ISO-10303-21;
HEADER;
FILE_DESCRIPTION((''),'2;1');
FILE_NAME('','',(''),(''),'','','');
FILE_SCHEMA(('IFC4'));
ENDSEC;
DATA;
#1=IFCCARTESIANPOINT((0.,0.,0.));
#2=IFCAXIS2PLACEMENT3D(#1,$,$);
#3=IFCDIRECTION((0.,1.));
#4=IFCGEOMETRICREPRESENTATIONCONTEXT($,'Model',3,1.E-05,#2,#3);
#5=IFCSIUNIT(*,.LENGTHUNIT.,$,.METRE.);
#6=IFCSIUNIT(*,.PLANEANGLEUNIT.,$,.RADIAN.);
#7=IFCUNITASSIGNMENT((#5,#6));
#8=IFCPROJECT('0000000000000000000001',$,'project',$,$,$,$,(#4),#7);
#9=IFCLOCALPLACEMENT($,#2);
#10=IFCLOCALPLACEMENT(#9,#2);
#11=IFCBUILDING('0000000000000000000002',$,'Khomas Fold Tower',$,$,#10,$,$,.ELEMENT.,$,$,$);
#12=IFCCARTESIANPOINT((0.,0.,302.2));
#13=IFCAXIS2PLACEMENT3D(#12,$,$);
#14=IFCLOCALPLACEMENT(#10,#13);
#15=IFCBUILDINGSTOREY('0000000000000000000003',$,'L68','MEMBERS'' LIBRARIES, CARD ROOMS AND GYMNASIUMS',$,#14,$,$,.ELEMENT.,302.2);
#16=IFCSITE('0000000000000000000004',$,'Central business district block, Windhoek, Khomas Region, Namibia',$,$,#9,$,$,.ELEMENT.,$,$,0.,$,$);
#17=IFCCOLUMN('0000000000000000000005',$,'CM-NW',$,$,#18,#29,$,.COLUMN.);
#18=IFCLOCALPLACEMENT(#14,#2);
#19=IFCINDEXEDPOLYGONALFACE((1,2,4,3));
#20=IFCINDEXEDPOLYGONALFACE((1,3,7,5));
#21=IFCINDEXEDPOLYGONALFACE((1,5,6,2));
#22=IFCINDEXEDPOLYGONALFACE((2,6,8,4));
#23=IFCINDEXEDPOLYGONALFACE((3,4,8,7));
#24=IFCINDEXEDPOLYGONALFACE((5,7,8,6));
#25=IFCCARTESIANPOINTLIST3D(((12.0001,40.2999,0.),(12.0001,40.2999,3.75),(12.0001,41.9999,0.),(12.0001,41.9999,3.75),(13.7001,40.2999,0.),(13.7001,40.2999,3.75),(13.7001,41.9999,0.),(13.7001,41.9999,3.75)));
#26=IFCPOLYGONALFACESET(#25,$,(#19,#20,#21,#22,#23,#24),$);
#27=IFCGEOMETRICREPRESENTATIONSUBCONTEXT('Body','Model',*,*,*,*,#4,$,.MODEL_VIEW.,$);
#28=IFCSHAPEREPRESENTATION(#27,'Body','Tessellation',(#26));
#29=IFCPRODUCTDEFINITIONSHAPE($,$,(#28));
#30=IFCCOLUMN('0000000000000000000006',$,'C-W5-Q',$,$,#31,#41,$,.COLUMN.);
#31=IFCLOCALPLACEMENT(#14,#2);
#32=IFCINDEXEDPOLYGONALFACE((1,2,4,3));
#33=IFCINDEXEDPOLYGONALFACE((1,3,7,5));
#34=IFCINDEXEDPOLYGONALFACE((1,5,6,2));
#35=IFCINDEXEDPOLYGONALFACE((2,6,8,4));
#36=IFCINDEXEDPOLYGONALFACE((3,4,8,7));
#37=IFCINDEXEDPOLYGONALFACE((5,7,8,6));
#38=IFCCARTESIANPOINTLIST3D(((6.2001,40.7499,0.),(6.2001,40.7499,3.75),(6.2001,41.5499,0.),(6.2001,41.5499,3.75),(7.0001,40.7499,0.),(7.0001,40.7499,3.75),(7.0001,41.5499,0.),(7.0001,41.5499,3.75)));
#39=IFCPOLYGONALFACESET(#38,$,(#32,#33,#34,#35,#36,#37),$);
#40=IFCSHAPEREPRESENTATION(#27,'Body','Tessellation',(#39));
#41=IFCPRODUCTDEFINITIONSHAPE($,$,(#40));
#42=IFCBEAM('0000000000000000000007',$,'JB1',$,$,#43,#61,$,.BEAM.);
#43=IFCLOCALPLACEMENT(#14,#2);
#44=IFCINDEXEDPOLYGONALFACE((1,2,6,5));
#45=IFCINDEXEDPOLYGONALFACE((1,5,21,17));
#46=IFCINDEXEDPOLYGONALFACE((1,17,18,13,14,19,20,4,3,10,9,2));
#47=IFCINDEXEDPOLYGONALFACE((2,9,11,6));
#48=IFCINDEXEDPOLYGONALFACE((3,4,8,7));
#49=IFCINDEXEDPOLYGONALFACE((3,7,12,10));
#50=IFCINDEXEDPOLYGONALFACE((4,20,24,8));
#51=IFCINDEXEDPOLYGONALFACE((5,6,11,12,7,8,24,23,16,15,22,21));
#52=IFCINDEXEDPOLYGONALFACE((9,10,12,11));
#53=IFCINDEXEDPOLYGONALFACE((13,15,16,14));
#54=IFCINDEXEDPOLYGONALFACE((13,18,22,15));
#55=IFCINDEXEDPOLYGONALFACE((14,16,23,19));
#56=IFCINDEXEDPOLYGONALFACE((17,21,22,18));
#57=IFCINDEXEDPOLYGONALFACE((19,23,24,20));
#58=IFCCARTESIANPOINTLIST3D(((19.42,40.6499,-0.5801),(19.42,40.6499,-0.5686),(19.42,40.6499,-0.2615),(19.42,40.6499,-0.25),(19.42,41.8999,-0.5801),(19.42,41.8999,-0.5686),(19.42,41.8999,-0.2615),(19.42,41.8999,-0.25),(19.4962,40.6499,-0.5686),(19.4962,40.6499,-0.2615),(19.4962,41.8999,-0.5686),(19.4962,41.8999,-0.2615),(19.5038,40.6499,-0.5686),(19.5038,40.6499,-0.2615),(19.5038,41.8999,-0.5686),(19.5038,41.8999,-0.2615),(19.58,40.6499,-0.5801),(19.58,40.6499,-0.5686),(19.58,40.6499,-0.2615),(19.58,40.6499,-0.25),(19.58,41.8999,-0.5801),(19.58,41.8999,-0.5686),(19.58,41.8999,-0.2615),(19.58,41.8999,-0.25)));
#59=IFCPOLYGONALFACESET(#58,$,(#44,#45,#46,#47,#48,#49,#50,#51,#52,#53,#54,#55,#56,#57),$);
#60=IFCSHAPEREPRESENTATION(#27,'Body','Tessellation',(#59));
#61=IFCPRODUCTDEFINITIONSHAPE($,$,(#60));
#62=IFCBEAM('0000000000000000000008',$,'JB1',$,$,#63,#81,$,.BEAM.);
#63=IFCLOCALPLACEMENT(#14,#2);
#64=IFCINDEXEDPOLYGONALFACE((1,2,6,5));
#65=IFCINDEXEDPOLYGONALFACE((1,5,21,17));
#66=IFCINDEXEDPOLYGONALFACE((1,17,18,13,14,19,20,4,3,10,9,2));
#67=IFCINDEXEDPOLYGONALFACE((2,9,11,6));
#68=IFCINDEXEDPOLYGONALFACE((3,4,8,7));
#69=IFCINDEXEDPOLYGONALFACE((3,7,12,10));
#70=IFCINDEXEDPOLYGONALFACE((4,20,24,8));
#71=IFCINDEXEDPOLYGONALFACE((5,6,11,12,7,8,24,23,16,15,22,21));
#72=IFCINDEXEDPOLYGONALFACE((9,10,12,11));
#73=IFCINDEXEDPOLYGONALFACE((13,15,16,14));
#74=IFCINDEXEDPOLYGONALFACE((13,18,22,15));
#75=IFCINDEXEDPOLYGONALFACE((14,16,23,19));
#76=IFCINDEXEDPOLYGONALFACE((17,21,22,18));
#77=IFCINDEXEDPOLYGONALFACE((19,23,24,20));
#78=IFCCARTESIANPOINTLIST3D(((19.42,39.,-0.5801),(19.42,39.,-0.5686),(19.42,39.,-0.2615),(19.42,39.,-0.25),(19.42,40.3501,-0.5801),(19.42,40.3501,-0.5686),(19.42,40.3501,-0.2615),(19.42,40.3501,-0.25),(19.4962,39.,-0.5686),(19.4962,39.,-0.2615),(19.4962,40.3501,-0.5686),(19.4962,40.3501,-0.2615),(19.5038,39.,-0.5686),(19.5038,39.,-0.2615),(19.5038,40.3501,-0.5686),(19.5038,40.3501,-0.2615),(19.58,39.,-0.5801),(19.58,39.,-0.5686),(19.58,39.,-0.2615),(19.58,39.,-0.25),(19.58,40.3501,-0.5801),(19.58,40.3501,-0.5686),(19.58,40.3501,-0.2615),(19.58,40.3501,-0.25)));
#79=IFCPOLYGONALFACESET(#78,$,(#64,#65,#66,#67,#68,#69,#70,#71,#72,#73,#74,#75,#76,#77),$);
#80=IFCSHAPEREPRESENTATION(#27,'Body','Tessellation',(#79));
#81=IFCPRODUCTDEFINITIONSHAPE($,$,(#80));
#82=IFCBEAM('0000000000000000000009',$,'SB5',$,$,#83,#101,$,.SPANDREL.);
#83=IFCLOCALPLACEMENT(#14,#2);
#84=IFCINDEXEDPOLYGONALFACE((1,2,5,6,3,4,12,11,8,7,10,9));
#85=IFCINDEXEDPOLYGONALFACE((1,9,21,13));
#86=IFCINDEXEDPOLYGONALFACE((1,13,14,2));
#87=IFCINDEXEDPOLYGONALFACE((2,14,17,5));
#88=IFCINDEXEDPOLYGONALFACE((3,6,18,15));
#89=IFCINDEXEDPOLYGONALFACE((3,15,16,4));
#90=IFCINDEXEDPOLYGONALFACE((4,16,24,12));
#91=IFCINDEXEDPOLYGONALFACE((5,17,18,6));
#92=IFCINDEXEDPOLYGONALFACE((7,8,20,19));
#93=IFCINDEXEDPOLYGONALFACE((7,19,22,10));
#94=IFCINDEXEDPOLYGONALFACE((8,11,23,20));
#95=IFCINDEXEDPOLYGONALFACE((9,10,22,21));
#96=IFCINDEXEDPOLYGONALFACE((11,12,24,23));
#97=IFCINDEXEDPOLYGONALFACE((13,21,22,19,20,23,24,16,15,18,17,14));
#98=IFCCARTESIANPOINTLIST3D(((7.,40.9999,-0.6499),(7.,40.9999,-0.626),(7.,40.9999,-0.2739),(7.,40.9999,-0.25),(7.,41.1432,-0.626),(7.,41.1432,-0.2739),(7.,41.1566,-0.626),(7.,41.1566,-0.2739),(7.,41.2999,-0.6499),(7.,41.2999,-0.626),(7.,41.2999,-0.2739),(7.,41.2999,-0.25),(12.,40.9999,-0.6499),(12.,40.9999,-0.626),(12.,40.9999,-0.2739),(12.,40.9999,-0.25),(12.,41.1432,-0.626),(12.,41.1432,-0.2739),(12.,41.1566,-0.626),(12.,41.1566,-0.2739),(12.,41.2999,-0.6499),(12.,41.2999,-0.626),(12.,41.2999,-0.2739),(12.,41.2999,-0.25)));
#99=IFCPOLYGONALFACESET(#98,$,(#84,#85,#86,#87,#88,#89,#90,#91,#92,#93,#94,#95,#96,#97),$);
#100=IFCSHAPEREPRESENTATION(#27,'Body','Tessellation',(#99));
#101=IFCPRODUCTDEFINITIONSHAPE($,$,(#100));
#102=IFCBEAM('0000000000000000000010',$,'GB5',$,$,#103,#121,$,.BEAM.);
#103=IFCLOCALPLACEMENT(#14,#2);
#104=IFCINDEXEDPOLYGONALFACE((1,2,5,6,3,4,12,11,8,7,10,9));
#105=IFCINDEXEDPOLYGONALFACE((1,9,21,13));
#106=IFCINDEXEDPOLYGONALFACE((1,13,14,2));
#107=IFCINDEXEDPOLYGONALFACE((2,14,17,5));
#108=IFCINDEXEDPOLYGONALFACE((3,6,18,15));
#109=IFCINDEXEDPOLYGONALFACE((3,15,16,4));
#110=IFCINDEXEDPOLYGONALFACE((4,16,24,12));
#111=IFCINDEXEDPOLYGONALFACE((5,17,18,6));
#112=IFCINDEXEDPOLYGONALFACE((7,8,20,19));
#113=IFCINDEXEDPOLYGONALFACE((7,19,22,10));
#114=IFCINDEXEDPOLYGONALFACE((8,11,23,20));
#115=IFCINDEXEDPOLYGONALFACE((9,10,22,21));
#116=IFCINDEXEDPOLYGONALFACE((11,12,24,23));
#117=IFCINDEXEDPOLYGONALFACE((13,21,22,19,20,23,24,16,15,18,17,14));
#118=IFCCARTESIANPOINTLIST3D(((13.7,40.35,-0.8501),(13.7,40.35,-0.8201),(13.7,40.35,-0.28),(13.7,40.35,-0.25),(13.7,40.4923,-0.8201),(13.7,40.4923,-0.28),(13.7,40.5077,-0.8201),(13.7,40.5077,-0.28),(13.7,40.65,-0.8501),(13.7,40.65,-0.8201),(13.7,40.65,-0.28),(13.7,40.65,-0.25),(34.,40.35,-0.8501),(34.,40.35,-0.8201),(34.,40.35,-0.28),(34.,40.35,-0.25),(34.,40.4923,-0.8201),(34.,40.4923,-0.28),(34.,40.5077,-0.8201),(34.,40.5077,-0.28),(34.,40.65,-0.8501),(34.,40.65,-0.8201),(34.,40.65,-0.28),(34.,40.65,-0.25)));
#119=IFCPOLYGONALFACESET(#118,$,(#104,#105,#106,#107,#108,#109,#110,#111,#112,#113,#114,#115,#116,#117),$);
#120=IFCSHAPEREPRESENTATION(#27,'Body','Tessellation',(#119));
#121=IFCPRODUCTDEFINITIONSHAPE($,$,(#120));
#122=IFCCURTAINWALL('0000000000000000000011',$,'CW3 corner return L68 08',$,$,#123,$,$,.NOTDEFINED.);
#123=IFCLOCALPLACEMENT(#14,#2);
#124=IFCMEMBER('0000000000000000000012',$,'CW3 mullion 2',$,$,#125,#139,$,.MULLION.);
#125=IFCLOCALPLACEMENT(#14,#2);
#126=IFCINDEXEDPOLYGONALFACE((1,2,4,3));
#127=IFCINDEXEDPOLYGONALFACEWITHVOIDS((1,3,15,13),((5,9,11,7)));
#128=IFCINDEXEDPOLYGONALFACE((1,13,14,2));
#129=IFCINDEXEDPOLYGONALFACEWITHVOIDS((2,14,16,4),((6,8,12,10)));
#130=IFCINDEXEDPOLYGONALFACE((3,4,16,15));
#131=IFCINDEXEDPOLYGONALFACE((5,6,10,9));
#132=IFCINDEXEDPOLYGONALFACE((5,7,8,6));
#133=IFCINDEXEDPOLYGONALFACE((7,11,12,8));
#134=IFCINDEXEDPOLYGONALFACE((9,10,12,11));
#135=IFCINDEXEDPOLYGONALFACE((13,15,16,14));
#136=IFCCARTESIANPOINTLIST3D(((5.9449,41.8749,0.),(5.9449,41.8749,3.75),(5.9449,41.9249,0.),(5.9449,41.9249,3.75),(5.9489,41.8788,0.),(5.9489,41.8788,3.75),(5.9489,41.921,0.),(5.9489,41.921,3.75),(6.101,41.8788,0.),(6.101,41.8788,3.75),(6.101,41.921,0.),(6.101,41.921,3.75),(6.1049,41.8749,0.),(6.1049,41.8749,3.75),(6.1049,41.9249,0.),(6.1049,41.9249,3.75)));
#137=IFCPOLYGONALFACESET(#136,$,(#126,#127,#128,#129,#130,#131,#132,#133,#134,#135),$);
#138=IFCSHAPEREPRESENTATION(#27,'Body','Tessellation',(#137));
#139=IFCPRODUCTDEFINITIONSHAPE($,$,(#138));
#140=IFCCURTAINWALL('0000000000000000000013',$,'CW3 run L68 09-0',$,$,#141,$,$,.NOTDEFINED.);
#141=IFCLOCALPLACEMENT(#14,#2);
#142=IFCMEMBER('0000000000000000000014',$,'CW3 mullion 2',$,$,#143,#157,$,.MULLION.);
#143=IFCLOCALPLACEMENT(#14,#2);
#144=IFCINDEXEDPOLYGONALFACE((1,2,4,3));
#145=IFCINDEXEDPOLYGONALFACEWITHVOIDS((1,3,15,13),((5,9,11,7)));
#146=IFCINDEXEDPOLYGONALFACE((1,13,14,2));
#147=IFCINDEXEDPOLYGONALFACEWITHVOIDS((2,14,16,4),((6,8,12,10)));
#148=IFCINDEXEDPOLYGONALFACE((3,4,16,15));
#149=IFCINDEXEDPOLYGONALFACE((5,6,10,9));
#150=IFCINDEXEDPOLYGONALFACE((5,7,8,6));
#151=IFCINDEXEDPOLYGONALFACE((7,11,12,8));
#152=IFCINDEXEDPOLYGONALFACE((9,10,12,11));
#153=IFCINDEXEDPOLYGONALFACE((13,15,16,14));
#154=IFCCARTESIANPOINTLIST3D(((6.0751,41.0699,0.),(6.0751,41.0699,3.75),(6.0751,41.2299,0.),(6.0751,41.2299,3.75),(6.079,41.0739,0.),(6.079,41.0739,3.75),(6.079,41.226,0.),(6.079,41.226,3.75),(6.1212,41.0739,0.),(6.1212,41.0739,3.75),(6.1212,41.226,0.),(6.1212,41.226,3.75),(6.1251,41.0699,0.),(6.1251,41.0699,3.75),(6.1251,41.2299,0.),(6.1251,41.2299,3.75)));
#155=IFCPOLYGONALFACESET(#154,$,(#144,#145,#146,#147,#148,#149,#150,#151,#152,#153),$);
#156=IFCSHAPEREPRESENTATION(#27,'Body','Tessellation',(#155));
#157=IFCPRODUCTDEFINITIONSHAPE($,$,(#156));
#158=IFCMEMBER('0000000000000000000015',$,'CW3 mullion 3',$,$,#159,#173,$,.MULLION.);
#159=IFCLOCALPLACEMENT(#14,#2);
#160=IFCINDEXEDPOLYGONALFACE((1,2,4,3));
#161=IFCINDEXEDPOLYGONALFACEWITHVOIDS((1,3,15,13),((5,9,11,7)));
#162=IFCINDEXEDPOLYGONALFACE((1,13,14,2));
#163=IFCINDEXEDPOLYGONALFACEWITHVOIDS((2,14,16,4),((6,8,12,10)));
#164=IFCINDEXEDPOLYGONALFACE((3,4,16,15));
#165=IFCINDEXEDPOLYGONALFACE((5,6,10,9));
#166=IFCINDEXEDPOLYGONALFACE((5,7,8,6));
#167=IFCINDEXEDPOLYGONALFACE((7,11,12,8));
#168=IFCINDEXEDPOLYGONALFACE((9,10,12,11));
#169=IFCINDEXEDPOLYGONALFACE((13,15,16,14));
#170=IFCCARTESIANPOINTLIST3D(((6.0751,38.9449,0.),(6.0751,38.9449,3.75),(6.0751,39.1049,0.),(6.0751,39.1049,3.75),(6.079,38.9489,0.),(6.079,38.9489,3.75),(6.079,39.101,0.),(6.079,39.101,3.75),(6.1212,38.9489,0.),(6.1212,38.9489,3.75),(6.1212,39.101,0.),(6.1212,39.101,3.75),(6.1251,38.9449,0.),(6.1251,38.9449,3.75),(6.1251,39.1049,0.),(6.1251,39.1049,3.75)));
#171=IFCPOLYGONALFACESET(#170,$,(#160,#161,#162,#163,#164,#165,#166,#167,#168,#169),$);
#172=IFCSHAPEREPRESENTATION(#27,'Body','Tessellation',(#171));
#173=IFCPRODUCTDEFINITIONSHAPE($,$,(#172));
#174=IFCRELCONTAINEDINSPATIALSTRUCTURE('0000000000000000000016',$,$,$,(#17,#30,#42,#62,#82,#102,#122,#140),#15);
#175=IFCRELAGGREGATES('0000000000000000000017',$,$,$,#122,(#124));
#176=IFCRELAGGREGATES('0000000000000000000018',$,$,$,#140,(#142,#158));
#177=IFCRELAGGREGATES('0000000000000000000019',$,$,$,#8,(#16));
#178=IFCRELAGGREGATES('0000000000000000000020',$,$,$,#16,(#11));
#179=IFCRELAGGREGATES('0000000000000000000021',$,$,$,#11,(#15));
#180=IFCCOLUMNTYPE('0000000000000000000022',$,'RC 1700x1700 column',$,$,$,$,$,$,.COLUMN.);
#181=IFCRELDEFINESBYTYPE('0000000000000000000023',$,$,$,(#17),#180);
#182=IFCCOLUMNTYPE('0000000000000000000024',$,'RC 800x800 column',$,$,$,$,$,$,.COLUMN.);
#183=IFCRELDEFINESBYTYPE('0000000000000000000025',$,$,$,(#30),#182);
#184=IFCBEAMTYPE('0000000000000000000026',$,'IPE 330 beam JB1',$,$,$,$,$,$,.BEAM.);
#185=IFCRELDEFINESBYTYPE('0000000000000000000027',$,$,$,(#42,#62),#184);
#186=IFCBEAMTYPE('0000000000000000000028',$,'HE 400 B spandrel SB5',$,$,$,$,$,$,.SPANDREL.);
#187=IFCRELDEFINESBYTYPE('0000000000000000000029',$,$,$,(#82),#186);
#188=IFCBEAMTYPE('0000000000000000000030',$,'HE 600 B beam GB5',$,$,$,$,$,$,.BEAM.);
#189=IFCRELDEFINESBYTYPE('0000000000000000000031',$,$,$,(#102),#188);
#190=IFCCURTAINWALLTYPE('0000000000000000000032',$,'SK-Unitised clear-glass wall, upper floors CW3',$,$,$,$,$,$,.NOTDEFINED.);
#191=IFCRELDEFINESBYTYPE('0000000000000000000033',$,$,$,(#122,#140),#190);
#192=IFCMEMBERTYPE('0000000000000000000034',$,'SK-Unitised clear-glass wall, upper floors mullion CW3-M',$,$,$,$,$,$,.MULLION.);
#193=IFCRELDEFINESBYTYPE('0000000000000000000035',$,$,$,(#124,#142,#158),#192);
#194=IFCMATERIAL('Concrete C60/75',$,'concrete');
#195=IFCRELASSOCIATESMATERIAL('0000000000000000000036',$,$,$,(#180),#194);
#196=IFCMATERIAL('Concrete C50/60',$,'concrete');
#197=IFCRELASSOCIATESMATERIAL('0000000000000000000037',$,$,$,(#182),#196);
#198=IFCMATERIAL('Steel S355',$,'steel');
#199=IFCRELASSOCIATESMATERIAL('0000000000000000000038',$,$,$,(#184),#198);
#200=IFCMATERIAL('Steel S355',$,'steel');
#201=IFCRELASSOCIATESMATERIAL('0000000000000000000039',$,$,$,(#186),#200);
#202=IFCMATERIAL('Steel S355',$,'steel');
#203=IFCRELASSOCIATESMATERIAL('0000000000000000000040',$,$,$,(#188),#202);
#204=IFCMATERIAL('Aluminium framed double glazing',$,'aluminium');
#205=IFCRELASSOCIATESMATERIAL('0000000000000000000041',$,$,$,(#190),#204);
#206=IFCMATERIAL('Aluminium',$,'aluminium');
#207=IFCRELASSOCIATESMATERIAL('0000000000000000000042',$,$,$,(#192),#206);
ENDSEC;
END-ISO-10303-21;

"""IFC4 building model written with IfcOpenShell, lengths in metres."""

from ifc_helpers import new_model, si_unit, direction, frame, origin, origin_2d, place, context, subcontext, project, spatial, rectangle, hollow_rectangle, i_section, extrude, source, transform, mapped, material, material_profile, profile_set, type_object, element, aggregate, save


model = new_model("IFC4")

# Units and contexts
model_context = context("Model", 3, precision=1e-05, world=origin(), true_north=direction((0.0, 1.0)))
body_context = subcontext(model_context, "Body", "Model", "MODEL_VIEW")
ifc_project = project(units=[si_unit("LENGTHUNIT", "METRE"), si_unit("PLANEANGLEUNIT", "RADIAN")], contexts=[model_context])

# Site, building, storey
site_placement = place(None, origin())
site = spatial("IfcSite", under=ifc_project, at=site_placement, Name="Central business district block, Windhoek, Khomas Region, Namibia", CompositionType="ELEMENT", RefElevation=0.0)
building_placement = place(site_placement, origin())
building = spatial("IfcBuilding", under=site, at=building_placement, Name="Khomas Fold Tower", CompositionType="ELEMENT")
storey_placement = place(building_placement, frame((0.0, 0.0, 302.2)))
storey = spatial("IfcBuildingStorey", under=building, at=storey_placement, Name="L68", Description="MEMBERS' LIBRARIES, CARD ROOMS AND GYMNASIUMS", CompositionType="ELEMENT", Elevation=302.2)

# Columns
ifc_material_1 = material(Name="Concrete C60/75", Category="concrete")
ifc_material_profile_1 = material_profile(ifc_material_1, rectangle(XDim=1.7, YDim=1.7, at=origin_2d()), Name="RC 1700x1700")
ifc_profile_set_1 = profile_set([ifc_material_profile_1], Name="Concrete C60/75")
column_type_1 = type_object("IfcColumnType", Name="RC 1700x1700 column", PredefinedType="COLUMN", material=ifc_profile_set_1)
shared_shape_1 = source(origin(), body_context, "Body", "SweptSolid", [
    extrude(rectangle(XDim=1.7, YDim=1.7, at=origin_2d()), origin(), (0.0, 0.0, 1.0), 3.75),
])
column_1_placement = place(storey_placement, frame((12.8501, 41.1499, 0.0), z_axis=(0.0, 0.0, 1.0), x_axis=(1.0, 0.0, 0.0)))
element("IfcColumn", 1, at=column_1_placement, inside=storey, type_object=column_type_1, Name="CM-NW", PredefinedType="COLUMN", context=body_context, shape_type="MappedRepresentation", body=[
    mapped(shared_shape_1, transform((0.0, 0.0, 0.0))),
])
ifc_material_2 = material(Name="Concrete C50/60", Category="concrete")
ifc_material_profile_2 = material_profile(ifc_material_2, rectangle(XDim=0.8, YDim=0.8, at=origin_2d()), Name="RC 800x800")
ifc_profile_set_2 = profile_set([ifc_material_profile_2], Name="Concrete C50/60")
column_type_2 = type_object("IfcColumnType", Name="RC 800x800 column", PredefinedType="COLUMN", material=ifc_profile_set_2)
shared_shape_2 = source(origin(), body_context, "Body", "SweptSolid", [
    extrude(rectangle(XDim=0.8, YDim=0.8, at=origin_2d()), origin(), (0.0, 0.0, 1.0), 3.75),
])
column_2_placement = place(storey_placement, frame((6.6001, 41.1499, 0.0), z_axis=(0.0, 0.0, 1.0), x_axis=(1.0, 0.0, 0.0)))
element("IfcColumn", 2, at=column_2_placement, inside=storey, type_object=column_type_2, Name="C-W5-Q", PredefinedType="COLUMN", context=body_context, shape_type="MappedRepresentation", body=[
    mapped(shared_shape_2, transform((0.0, 0.0, 0.0))),
])

# Beams
ifc_material_3 = material(Name="Steel S355", Category="steel")
ifc_material_profile_3 = material_profile(ifc_material_3, i_section(OverallWidth=0.1599, OverallDepth=0.3301, WebThickness=0.0076, FlangeThickness=0.0115, at=origin_2d()), Name="IPE 330")
ifc_profile_set_3 = profile_set([ifc_material_profile_3], Name="Steel S355")
beam_type_1 = type_object("IfcBeamType", Name="IPE 330 beam JB1", PredefinedType="BEAM", material=ifc_profile_set_3)
shared_shape_3 = source(origin(), body_context, "Body", "SweptSolid", [
    extrude(i_section(OverallWidth=0.1599, OverallDepth=0.3301, WebThickness=0.0076, FlangeThickness=0.0115, at=origin_2d()), origin(), (0.0, 0.0, 1.0), 1.25),
])
beam_1_placement = place(storey_placement, frame((19.5, 40.6499, -0.415), z_axis=(0.0, 1.0, 0.0), x_axis=(-1.0, 0.0, 0.0)))
element("IfcBeam", 3, at=beam_1_placement, inside=storey, type_object=beam_type_1, Name="JB1", PredefinedType="BEAM", context=body_context, shape_type="MappedRepresentation", body=[
    mapped(shared_shape_3, transform((0.0, 0.0, 0.0))),
])
shared_shape_4 = source(origin(), body_context, "Body", "SweptSolid", [
    extrude(i_section(OverallWidth=0.1599, OverallDepth=0.3301, WebThickness=0.0076, FlangeThickness=0.0115, at=origin_2d()), origin(), (0.0, 0.0, 1.0), 1.3501),
])
beam_2_placement = place(storey_placement, frame((19.5, 39.0, -0.415), z_axis=(0.0, 1.0, 0.0), x_axis=(-1.0, 0.0, 0.0)))
element("IfcBeam", 4, at=beam_2_placement, inside=storey, type_object=beam_type_1, Name="JB1", PredefinedType="BEAM", context=body_context, shape_type="MappedRepresentation", body=[
    mapped(shared_shape_4, transform((0.0, 0.0, 0.0))),
])
ifc_material_4 = material(Name="Steel S355", Category="steel")
ifc_material_profile_4 = material_profile(ifc_material_4, i_section(OverallWidth=0.3, OverallDepth=0.3999, WebThickness=0.0134, FlangeThickness=0.0239, at=origin_2d()), Name="HE 400 B")
ifc_profile_set_4 = profile_set([ifc_material_profile_4], Name="Steel S355")
beam_type_2 = type_object("IfcBeamType", Name="HE 400 B spandrel SB5", PredefinedType="SPANDREL", material=ifc_profile_set_4)
shared_shape_5 = source(origin(), body_context, "Body", "SweptSolid", [
    extrude(i_section(OverallWidth=0.3, OverallDepth=0.3999, WebThickness=0.0134, FlangeThickness=0.0239, at=origin_2d()), origin(), (0.0, 0.0, 1.0), 5.0),
])
beam_3_placement = place(storey_placement, frame((7.0, 41.1499, -0.45), z_axis=(1.0, 0.0, 0.0), x_axis=(0.0, 1.0, 0.0)))
element("IfcBeam", 5, at=beam_3_placement, inside=storey, type_object=beam_type_2, Name="SB5", PredefinedType="SPANDREL", context=body_context, shape_type="MappedRepresentation", body=[
    mapped(shared_shape_5, transform((0.0, 0.0, 0.0))),
])
ifc_material_5 = material(Name="Steel S355", Category="steel")
ifc_material_profile_5 = material_profile(ifc_material_5, i_section(OverallWidth=0.3, OverallDepth=0.6001, WebThickness=0.0154, FlangeThickness=0.03, at=origin_2d()), Name="HE 600 B")
ifc_profile_set_5 = profile_set([ifc_material_profile_5], Name="Steel S355")
beam_type_3 = type_object("IfcBeamType", Name="HE 600 B beam GB5", PredefinedType="BEAM", material=ifc_profile_set_5)
shared_shape_6 = source(origin(), body_context, "Body", "SweptSolid", [
    extrude(i_section(OverallWidth=0.3, OverallDepth=0.6001, WebThickness=0.0154, FlangeThickness=0.03, at=origin_2d()), origin(), (0.0, 0.0, 1.0), 20.3),
])
beam_4_placement = place(storey_placement, frame((13.7, 40.5, -0.55), z_axis=(1.0, 0.0, 0.0), x_axis=(0.0, 1.0, 0.0)))
element("IfcBeam", 6, at=beam_4_placement, inside=storey, type_object=beam_type_3, Name="GB5", PredefinedType="BEAM", context=body_context, shape_type="MappedRepresentation", body=[
    mapped(shared_shape_6, transform((0.0, 0.0, 0.0))),
])

# Curtain wall, member
ifc_material_6 = material(Name="Aluminium framed double glazing", Category="aluminium")
curtain_wall_type = type_object("IfcCurtainWallType", Name="SK-Unitised clear-glass wall, upper floors CW3", PredefinedType="NOTDEFINED", material=ifc_material_6)
curtain_wall_1_placement = place(storey_placement, origin())
curtain_wall_1 = element("IfcCurtainWall", 7, at=curtain_wall_1_placement, inside=storey, type_object=curtain_wall_type, Name="CW3 corner return L68 08", PredefinedType="NOTDEFINED")
ifc_material_7 = material(Name="Aluminium", Category="aluminium")
ifc_material_profile_6 = material_profile(ifc_material_7, hollow_rectangle(XDim=0.05, YDim=0.1599, WallThickness=0.0039, at=origin_2d()), Name="SK-Unitised clear-glass wall, upper floors mullion CW3-M")
ifc_profile_set_6 = profile_set([ifc_material_profile_6], Name="Aluminium")
member_type_1 = type_object("IfcMemberType", Name="SK-Unitised clear-glass wall, upper floors mullion CW3-M", PredefinedType="MULLION", material=ifc_profile_set_6)
shared_shape_7 = source(origin(), body_context, "Body", "SweptSolid", [
    extrude(hollow_rectangle(XDim=0.05, YDim=0.1599, WallThickness=0.0039, at=origin_2d()), origin(), (0.0, 0.0, 1.0), 3.75),
])
member_1_placement = place(storey_placement, frame((6.0249, 41.8999, 0.0), z_axis=(0.0, 0.0, 1.0), x_axis=(0.0, -1.0, 0.0)))
member_1 = element("IfcMember", 8, at=member_1_placement, type_object=member_type_1, Name="CW3 mullion 2", PredefinedType="MULLION", context=body_context, shape_type="MappedRepresentation", body=[
    mapped(shared_shape_7, transform((0.0, 0.0, 0.0))),
])

# Curtain wall, members
curtain_wall_2_placement = place(storey_placement, origin())
curtain_wall_2 = element("IfcCurtainWall", 9, at=curtain_wall_2_placement, inside=storey, type_object=curtain_wall_type, Name="CW3 run L68 09-0", PredefinedType="NOTDEFINED")
member_2_placement = place(storey_placement, frame((6.1001, 41.1499, 0.0), z_axis=(0.0, 0.0, 1.0), x_axis=(1.0, 0.0, 0.0)))
member_2 = element("IfcMember", 10, at=member_2_placement, type_object=member_type_1, Name="CW3 mullion 2", PredefinedType="MULLION", context=body_context, shape_type="MappedRepresentation", body=[
    mapped(shared_shape_7, transform((0.0, 0.0, 0.0))),
])
member_3_placement = place(storey_placement, frame((6.1001, 39.0249, 0.0), z_axis=(0.0, 0.0, 1.0), x_axis=(1.0, 0.0, 0.0)))
member_3 = element("IfcMember", 11, at=member_3_placement, type_object=member_type_1, Name="CW3 mullion 3", PredefinedType="MULLION", context=body_context, shape_type="MappedRepresentation", body=[
    mapped(shared_shape_7, transform((0.0, 0.0, 0.0))),
])

aggregate(curtain_wall_1, [member_1])
aggregate(curtain_wall_2, [member_2, member_3])

save(model, "model.ifc")
